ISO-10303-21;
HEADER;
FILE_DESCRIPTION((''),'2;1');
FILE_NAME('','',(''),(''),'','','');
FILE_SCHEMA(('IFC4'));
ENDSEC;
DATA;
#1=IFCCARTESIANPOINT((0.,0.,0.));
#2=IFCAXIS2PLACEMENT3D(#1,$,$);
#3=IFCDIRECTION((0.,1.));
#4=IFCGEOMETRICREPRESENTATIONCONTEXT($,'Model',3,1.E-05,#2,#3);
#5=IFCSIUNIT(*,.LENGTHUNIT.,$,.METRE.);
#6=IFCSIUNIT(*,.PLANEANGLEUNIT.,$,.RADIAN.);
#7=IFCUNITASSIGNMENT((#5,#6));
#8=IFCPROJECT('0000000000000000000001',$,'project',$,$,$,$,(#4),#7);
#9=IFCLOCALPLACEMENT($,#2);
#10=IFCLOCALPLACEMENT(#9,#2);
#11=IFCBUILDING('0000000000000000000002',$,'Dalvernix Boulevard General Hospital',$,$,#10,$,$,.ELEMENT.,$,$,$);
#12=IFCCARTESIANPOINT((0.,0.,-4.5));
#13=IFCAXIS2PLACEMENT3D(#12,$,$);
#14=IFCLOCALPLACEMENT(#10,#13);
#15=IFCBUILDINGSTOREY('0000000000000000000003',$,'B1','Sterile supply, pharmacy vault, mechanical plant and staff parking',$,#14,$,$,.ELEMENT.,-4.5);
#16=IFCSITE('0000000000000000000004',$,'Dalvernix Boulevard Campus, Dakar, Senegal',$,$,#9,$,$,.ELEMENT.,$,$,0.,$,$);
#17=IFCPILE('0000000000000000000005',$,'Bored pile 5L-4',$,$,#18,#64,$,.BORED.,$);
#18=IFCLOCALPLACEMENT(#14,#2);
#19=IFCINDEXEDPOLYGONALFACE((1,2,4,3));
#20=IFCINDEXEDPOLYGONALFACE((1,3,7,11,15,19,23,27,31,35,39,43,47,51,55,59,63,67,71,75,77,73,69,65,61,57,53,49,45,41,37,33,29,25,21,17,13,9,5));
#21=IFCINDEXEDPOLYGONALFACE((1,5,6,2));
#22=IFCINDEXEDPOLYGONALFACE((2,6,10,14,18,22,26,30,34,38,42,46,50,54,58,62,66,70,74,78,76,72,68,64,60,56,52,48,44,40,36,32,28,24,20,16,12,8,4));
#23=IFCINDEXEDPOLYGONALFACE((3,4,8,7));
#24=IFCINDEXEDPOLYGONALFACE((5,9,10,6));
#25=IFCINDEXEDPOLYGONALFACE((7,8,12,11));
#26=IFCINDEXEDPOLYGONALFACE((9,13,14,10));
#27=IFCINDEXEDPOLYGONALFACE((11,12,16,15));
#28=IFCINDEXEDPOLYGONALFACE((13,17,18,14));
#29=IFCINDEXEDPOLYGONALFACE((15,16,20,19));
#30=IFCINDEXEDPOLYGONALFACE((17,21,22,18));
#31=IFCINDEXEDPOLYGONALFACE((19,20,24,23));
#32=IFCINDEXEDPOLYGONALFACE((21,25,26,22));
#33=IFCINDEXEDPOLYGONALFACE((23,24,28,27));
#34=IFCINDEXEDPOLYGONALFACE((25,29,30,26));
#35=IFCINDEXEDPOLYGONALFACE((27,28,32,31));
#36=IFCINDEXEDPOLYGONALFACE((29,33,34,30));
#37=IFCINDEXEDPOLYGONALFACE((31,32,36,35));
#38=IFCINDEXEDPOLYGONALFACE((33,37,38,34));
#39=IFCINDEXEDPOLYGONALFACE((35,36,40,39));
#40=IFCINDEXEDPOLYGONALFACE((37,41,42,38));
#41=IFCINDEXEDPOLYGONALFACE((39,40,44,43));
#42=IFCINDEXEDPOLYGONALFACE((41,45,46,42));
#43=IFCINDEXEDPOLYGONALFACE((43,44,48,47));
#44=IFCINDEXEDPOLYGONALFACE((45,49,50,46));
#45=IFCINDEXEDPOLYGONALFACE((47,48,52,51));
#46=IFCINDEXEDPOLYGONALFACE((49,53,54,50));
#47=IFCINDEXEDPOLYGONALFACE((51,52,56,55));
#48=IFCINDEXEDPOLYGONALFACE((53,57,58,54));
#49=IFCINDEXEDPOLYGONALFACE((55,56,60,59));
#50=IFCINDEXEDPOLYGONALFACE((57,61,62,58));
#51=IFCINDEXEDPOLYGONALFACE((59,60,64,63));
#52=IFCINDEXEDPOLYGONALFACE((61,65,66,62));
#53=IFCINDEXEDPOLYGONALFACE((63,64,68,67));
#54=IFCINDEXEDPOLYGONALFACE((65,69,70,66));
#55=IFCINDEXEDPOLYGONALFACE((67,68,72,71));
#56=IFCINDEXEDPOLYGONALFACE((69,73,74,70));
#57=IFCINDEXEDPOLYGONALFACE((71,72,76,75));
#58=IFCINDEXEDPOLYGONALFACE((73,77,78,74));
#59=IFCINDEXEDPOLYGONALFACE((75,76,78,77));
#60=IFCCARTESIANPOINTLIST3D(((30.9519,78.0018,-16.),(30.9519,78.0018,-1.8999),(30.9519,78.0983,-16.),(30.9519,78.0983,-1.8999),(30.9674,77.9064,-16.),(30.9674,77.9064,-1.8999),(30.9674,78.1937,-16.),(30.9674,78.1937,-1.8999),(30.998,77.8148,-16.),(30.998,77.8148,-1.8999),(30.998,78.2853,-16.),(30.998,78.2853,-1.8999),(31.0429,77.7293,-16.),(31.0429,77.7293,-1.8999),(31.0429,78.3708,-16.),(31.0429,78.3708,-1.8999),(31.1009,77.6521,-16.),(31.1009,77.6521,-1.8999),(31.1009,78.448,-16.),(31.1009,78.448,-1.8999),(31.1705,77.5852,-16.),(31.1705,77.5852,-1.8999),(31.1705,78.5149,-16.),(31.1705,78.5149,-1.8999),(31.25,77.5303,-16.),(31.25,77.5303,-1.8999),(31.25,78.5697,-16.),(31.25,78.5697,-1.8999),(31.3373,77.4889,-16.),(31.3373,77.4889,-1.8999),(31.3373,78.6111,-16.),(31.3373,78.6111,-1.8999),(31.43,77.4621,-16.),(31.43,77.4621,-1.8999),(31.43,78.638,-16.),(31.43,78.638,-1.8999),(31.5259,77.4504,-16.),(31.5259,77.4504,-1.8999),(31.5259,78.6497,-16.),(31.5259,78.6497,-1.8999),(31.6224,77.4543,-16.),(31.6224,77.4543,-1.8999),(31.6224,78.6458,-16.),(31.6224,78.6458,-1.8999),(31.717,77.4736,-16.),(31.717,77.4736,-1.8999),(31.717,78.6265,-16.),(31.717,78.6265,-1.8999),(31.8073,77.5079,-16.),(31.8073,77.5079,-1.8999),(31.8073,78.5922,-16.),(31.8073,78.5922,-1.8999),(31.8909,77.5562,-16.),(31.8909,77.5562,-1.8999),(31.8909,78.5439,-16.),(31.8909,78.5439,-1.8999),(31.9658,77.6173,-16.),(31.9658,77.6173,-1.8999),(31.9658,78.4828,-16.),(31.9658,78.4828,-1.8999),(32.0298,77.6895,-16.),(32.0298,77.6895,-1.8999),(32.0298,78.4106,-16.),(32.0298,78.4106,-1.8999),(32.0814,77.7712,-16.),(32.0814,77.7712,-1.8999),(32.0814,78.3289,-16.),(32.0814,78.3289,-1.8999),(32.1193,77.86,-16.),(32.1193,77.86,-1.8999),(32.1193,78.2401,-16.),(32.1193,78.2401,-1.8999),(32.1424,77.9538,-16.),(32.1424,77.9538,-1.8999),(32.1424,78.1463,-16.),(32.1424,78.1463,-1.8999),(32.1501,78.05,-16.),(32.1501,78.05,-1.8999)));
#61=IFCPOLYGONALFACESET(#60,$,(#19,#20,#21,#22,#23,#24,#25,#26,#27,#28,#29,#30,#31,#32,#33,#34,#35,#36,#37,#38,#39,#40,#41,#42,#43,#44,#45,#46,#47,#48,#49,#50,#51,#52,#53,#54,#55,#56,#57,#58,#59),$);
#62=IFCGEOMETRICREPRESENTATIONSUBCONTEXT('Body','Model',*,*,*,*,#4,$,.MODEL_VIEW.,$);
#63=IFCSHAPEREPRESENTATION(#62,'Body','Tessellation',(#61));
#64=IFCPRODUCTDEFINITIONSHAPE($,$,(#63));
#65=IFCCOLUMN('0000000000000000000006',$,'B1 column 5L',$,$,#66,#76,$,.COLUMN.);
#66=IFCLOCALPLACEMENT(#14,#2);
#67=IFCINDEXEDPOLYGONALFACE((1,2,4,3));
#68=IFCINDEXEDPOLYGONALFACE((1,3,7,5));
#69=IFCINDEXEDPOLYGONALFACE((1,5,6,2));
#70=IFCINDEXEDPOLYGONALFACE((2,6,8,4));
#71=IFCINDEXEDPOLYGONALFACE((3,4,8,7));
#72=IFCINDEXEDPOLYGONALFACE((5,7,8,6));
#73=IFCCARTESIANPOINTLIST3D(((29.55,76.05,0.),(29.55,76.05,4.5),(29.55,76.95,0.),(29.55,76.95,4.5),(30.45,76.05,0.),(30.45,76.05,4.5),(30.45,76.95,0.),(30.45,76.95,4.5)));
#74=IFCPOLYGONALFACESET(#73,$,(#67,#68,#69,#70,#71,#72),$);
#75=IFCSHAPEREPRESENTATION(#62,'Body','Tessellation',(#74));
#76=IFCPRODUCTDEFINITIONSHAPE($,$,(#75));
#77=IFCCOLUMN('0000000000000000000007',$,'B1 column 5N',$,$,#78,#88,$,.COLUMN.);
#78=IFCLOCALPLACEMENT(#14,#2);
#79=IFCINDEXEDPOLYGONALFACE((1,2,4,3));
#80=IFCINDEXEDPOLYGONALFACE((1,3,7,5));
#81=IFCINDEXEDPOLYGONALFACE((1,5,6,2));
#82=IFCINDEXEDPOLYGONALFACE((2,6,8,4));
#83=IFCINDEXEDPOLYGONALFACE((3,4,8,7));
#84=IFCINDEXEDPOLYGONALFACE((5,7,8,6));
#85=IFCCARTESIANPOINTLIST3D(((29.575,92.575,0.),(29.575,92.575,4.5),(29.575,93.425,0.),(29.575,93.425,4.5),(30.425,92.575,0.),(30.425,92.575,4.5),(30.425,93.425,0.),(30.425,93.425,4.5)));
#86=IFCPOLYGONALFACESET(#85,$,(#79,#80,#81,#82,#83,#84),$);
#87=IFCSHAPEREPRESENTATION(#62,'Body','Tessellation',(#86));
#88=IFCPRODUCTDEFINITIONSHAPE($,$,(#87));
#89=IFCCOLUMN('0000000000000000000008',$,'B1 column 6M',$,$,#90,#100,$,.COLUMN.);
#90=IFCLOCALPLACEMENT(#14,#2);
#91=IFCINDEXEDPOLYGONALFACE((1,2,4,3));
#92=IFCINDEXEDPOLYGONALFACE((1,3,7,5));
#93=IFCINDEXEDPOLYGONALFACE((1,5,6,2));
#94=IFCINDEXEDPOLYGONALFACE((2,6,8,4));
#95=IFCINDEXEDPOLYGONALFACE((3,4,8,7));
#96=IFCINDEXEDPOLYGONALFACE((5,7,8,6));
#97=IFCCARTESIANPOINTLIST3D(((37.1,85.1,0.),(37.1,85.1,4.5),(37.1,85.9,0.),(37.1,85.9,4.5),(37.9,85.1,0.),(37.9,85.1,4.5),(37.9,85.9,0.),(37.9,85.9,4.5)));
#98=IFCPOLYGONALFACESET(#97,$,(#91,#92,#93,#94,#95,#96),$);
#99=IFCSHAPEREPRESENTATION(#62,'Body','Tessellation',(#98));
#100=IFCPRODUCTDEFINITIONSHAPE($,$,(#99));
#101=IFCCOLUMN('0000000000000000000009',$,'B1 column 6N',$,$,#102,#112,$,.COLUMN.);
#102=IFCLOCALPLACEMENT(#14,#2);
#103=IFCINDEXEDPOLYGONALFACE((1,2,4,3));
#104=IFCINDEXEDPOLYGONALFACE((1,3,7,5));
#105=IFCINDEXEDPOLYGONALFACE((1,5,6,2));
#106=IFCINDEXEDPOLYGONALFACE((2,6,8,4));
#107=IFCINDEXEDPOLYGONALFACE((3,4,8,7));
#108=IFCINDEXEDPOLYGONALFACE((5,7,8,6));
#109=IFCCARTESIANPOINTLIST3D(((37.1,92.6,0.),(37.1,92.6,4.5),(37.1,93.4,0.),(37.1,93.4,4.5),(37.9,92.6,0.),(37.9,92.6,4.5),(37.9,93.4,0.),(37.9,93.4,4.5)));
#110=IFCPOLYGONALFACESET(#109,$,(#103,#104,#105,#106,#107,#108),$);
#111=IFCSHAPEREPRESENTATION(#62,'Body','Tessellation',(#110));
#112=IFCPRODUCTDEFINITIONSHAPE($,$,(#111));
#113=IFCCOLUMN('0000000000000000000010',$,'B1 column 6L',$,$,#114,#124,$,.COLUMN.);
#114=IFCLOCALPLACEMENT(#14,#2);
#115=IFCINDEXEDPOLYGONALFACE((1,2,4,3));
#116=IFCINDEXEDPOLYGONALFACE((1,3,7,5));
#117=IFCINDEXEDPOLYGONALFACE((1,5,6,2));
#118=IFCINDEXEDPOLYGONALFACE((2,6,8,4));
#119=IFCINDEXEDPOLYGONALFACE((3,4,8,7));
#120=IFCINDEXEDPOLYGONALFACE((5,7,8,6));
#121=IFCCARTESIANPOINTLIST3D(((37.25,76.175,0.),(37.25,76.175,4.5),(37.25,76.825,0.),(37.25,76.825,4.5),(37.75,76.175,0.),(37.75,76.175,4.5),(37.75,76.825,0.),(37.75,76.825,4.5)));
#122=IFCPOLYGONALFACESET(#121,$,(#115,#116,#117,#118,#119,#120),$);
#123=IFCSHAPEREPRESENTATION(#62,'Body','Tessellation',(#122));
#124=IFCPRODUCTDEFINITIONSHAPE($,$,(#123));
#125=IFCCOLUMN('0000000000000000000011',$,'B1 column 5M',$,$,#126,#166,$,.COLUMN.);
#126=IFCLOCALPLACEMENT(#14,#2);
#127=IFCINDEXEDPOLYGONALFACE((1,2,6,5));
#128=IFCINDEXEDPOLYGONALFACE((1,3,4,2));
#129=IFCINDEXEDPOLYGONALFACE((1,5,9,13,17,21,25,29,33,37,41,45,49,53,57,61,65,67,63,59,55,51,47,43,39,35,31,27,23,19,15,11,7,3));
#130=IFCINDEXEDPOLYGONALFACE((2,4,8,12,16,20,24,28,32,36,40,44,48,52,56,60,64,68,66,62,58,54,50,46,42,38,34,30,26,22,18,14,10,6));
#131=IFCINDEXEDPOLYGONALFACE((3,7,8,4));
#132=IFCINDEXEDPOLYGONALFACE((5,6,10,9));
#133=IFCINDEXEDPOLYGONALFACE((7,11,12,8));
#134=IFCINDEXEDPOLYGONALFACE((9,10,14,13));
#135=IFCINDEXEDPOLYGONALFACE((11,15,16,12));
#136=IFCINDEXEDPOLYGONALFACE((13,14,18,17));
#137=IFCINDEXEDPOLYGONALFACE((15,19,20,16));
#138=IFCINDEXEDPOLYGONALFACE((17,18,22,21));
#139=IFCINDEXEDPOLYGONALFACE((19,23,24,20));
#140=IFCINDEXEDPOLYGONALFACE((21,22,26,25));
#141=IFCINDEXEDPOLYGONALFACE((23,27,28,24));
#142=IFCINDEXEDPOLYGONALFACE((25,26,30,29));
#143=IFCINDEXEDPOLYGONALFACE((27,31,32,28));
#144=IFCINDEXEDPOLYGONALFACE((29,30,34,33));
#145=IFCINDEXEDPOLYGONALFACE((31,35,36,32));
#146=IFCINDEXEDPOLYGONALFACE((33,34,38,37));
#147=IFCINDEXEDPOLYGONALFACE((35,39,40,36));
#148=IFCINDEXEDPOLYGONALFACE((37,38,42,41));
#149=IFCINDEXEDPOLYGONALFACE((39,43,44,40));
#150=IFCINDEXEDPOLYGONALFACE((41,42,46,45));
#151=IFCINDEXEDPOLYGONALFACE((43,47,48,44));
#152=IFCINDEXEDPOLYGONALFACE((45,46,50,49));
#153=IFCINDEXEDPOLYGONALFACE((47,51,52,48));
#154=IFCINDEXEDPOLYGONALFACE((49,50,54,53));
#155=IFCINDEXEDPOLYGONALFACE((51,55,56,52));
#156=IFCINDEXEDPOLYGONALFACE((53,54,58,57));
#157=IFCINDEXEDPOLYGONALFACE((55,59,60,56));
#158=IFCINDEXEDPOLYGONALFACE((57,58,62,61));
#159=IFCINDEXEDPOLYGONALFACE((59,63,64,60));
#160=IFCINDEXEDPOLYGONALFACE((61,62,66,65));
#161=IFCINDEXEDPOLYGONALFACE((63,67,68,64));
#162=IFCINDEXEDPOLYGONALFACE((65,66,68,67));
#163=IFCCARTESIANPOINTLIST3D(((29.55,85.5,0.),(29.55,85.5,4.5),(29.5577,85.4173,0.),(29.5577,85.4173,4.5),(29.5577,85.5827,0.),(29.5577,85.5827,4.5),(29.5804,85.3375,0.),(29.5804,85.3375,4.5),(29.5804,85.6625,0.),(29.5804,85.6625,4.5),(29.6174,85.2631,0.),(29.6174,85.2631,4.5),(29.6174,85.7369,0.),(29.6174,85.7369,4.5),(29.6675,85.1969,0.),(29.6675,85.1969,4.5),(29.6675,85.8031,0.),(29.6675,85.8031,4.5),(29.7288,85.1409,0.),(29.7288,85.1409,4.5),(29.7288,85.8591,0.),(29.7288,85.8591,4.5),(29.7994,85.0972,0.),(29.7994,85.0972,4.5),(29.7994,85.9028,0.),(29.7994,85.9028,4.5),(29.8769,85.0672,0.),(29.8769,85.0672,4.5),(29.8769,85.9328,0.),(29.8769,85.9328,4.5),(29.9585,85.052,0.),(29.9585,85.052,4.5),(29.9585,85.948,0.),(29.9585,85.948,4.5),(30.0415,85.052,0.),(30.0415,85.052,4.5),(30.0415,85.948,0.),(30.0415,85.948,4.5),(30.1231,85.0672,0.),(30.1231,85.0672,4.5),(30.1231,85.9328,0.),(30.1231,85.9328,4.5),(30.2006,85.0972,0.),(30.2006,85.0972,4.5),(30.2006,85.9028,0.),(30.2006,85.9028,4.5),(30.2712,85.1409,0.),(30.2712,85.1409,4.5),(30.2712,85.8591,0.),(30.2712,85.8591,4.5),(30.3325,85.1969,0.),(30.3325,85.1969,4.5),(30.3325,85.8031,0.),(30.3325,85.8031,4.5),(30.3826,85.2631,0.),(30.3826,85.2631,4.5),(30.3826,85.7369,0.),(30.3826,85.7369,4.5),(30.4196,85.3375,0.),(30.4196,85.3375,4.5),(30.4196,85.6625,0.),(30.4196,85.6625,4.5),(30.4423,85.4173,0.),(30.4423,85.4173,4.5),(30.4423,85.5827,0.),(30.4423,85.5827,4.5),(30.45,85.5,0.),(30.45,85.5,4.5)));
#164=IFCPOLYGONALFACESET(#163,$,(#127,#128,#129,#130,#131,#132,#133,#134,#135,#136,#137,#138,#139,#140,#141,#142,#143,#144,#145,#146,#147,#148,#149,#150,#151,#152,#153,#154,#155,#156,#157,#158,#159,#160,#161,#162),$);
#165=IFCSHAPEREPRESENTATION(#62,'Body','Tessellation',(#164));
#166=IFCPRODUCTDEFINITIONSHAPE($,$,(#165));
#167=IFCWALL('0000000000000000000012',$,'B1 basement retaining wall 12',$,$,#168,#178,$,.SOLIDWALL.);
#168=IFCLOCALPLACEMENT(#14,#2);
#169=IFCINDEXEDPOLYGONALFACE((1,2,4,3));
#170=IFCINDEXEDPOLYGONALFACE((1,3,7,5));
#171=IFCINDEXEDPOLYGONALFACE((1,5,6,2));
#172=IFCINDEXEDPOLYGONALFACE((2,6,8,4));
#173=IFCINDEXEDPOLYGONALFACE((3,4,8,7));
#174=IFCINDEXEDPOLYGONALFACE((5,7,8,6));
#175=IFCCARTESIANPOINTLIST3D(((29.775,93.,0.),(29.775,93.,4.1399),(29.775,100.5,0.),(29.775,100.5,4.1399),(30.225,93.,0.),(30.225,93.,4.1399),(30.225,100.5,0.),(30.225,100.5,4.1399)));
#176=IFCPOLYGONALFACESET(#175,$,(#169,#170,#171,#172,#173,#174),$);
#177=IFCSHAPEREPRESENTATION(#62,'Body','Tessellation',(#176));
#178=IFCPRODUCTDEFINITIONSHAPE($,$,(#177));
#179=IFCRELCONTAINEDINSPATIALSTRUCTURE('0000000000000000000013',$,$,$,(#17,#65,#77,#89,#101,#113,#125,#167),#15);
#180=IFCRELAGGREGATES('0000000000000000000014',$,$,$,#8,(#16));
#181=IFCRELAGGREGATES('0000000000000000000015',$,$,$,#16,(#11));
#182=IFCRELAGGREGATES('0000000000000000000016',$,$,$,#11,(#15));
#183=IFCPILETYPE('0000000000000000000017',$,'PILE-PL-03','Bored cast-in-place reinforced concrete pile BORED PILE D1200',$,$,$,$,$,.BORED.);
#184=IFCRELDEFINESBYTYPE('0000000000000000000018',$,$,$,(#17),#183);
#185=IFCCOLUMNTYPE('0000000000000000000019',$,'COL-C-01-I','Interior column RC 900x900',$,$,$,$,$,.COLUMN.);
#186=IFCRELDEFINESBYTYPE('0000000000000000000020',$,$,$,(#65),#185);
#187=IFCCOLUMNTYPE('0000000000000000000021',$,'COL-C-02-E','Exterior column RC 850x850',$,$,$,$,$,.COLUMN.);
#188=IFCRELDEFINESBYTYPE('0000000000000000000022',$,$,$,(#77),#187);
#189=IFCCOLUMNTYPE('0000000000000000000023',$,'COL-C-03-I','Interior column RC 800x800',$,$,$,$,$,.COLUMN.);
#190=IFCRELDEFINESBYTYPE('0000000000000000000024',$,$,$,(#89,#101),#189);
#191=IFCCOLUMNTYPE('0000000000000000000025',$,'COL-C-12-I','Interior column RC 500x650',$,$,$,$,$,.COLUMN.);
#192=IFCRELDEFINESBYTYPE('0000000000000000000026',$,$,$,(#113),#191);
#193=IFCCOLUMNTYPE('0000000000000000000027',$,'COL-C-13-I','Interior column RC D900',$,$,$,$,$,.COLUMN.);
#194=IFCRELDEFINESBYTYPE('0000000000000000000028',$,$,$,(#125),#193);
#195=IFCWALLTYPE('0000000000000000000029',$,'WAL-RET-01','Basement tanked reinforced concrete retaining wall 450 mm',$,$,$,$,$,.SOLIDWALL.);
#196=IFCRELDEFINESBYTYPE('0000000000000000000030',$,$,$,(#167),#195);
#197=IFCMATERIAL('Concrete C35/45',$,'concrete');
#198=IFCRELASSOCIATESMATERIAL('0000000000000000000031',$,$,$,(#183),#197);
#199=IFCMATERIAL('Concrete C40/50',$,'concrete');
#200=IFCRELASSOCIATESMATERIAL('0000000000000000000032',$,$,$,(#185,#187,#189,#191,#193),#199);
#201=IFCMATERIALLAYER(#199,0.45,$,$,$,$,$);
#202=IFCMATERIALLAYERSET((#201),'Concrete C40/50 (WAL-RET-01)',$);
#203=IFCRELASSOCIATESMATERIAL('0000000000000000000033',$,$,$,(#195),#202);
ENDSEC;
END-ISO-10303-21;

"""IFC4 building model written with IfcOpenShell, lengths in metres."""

from ifc_helpers import new_model, si_unit, direction, frame, frame_2d, origin, origin_2d, place, context, subcontext, project, spatial, rectangle, circle, extrude, material, layer, layer_set, material_profile, profile_set, type_object, element, save


model = new_model("IFC4")

# Units and contexts
model_context = context("Model", 3, precision=1e-05, world=origin(), true_north=direction((0.0, 1.0)))
body_context = subcontext(model_context, "Body", "Model", "MODEL_VIEW")
ifc_project = project(units=[si_unit("LENGTHUNIT", "METRE"), si_unit("PLANEANGLEUNIT", "RADIAN")], contexts=[model_context])

# Site, building, storey
site_placement = place(None, origin())
site = spatial("IfcSite", under=ifc_project, at=site_placement, Name="Dalvernix Boulevard Campus, Dakar, Senegal", CompositionType="ELEMENT", RefElevation=0.0)
building_placement = place(site_placement, origin())
building = spatial("IfcBuilding", under=site, at=building_placement, Name="Dalvernix Boulevard General Hospital", CompositionType="ELEMENT")
storey_placement = place(building_placement, frame((0.0, 0.0, -4.5)))
storey = spatial("IfcBuildingStorey", under=building, at=storey_placement, Name="B1", Description="Sterile supply, pharmacy vault, mechanical plant and staff parking", CompositionType="ELEMENT", Elevation=-4.5)

# Shared definitions
ifc_material_1 = material(Name="Concrete C35/45", Category="concrete")
ifc_material_2 = material(Name="Concrete C40/50", Category="concrete")

# Pile
ifc_material_profile_1 = material_profile(ifc_material_1, circle(Radius=0.6001, at=origin_2d()), Name="BORED PILE D1200")
ifc_profile_set_1 = profile_set([ifc_material_profile_1], Name="Concrete C35/45")
pile_type_1 = type_object("IfcPileType", Name="PILE-PL-03", Description="Bored cast-in-place reinforced concrete pile BORED PILE D1200", PredefinedType="BORED", material=ifc_profile_set_1)
for number, where, z_axis, x_axis, name in (
    (1, (31.55, 78.05, -1.8999), (0.0, 0.0, -1.0), (1.0, 0.0, 0.0), "Bored pile 5L-4"),
):
    element("IfcPile", number, at=place(storey_placement, frame(where, z_axis=z_axis, x_axis=x_axis)), inside=storey, type_object=pile_type_1, Name=name, PredefinedType="BORED", context=body_context, shape_type="SweptSolid", body=[
        extrude(circle(Radius=0.6001, at=origin_2d()), origin(), (0.0, 0.0, 1.0), 14.1001),
    ])

# Columns
ifc_material_profile_2 = material_profile(ifc_material_2, rectangle(XDim=0.8999, YDim=0.8999, at=origin_2d()), Name="RC 900x900")
ifc_profile_set_2 = profile_set([ifc_material_profile_2], Name="Concrete C40/50")
column_type_1 = type_object("IfcColumnType", Name="COL-C-01-I", Description="Interior column RC 900x900", PredefinedType="COLUMN", material=ifc_profile_set_2)
column_1_placement = place(storey_placement, frame((30.0, 76.5, 0.0), z_axis=(0.0, 0.0, 1.0), x_axis=(1.0, 0.0, 0.0)))
element("IfcColumn", 2, at=column_1_placement, inside=storey, type_object=column_type_1, Name="B1 column 5L", PredefinedType="COLUMN", context=body_context, shape_type="SweptSolid", body=[
    extrude(rectangle(XDim=0.8999, YDim=0.8999, at=origin_2d()), origin(), (0.0, 0.0, 1.0), 4.5),
])
ifc_material_profile_3 = material_profile(ifc_material_2, rectangle(XDim=0.8501, YDim=0.8501, at=origin_2d()), Name="RC 850x850")
ifc_profile_set_3 = profile_set([ifc_material_profile_3], Name="Concrete C40/50")
column_type_2 = type_object("IfcColumnType", Name="COL-C-02-E", Description="Exterior column RC 850x850", PredefinedType="COLUMN", material=ifc_profile_set_3)
column_2_placement = place(storey_placement, frame((30.0, 93.0, 0.0), z_axis=(0.0, 0.0, 1.0), x_axis=(1.0, 0.0, 0.0)))
element("IfcColumn", 3, at=column_2_placement, inside=storey, type_object=column_type_2, Name="B1 column 5N", PredefinedType="COLUMN", context=body_context, shape_type="SweptSolid", body=[
    extrude(rectangle(XDim=0.8501, YDim=0.8501, at=origin_2d()), origin(), (0.0, 0.0, 1.0), 4.5),
])
ifc_material_profile_4 = material_profile(ifc_material_2, rectangle(XDim=0.8, YDim=0.8, at=origin_2d()), Name="RC 800x800")
ifc_profile_set_4 = profile_set([ifc_material_profile_4], Name="Concrete C40/50")
column_type_3 = type_object("IfcColumnType", Name="COL-C-03-I", Description="Interior column RC 800x800", PredefinedType="COLUMN", material=ifc_profile_set_4)
for number, where, z_axis, x_axis, name in (
    (4, (37.5, 85.5, 0.0), (0.0, 0.0, 1.0), (1.0, 0.0, 0.0), "B1 column 6M"),
    (5, (37.5, 93.0, 0.0), (0.0, 0.0, 1.0), (1.0, 0.0, 0.0), "B1 column 6N"),
):
    element("IfcColumn", number, at=place(storey_placement, frame(where, z_axis=z_axis, x_axis=x_axis)), inside=storey, type_object=column_type_3, Name=name, PredefinedType="COLUMN", context=body_context, shape_type="SweptSolid", body=[
        extrude(rectangle(XDim=0.8, YDim=0.8, at=origin_2d()), origin(), (0.0, 0.0, 1.0), 4.5),
    ])
ifc_material_profile_5 = material_profile(ifc_material_2, rectangle(XDim=0.5, YDim=0.6499, at=origin_2d()), Name="RC 500x650")
ifc_profile_set_5 = profile_set([ifc_material_profile_5], Name="Concrete C40/50")
column_type_4 = type_object("IfcColumnType", Name="COL-C-12-I", Description="Interior column RC 500x650", PredefinedType="COLUMN", material=ifc_profile_set_5)
column_3_placement = place(storey_placement, frame((37.5, 76.5, 0.0), z_axis=(0.0, 0.0, 1.0), x_axis=(1.0, 0.0, 0.0)))
element("IfcColumn", 6, at=column_3_placement, inside=storey, type_object=column_type_4, Name="B1 column 6L", PredefinedType="COLUMN", context=body_context, shape_type="SweptSolid", body=[
    extrude(rectangle(XDim=0.5, YDim=0.6499, at=origin_2d()), origin(), (0.0, 0.0, 1.0), 4.5),
])
ifc_material_profile_6 = material_profile(ifc_material_2, circle(Radius=0.45, at=origin_2d()), Name="RC D900")
ifc_profile_set_6 = profile_set([ifc_material_profile_6], Name="Concrete C40/50")
column_type_5 = type_object("IfcColumnType", Name="COL-C-13-I", Description="Interior column RC D900", PredefinedType="COLUMN", material=ifc_profile_set_6)
column_4_placement = place(storey_placement, frame((30.0, 85.5, 0.0), z_axis=(0.0, 0.0, 1.0), x_axis=(1.0, 0.0, 0.0)))
element("IfcColumn", 7, at=column_4_placement, inside=storey, type_object=column_type_5, Name="B1 column 5M", PredefinedType="COLUMN", context=body_context, shape_type="SweptSolid", body=[
    extrude(circle(Radius=0.45, at=origin_2d()), origin(), (0.0, 0.0, 1.0), 4.5),
])

# Wall
ifc_layer = layer(ifc_material_2, 0.45)
ifc_layer_set = layer_set([ifc_layer], Name="Concrete C40/50 (WAL-RET-01)")
wall_type = type_object("IfcWallType", Name="WAL-RET-01", Description="Basement tanked reinforced concrete retaining wall 450 mm", PredefinedType="SOLIDWALL", material=ifc_layer_set)
wall_placement = place(storey_placement, frame((30.0, 93.0, 0.0), z_axis=(0.0, 0.0, 1.0), x_axis=(0.0, 1.0, 0.0)))
element("IfcWall", 8, at=wall_placement, inside=storey, type_object=wall_type, Name="B1 basement retaining wall 12", PredefinedType="SOLIDWALL", context=body_context, shape_type="SweptSolid", body=[
    extrude(rectangle(XDim=7.5, YDim=0.45, at=frame_2d((3.75, 0.0))), origin(), (0.0, 0.0, 1.0), 4.1399),
])

save(model, "model.ifc")
